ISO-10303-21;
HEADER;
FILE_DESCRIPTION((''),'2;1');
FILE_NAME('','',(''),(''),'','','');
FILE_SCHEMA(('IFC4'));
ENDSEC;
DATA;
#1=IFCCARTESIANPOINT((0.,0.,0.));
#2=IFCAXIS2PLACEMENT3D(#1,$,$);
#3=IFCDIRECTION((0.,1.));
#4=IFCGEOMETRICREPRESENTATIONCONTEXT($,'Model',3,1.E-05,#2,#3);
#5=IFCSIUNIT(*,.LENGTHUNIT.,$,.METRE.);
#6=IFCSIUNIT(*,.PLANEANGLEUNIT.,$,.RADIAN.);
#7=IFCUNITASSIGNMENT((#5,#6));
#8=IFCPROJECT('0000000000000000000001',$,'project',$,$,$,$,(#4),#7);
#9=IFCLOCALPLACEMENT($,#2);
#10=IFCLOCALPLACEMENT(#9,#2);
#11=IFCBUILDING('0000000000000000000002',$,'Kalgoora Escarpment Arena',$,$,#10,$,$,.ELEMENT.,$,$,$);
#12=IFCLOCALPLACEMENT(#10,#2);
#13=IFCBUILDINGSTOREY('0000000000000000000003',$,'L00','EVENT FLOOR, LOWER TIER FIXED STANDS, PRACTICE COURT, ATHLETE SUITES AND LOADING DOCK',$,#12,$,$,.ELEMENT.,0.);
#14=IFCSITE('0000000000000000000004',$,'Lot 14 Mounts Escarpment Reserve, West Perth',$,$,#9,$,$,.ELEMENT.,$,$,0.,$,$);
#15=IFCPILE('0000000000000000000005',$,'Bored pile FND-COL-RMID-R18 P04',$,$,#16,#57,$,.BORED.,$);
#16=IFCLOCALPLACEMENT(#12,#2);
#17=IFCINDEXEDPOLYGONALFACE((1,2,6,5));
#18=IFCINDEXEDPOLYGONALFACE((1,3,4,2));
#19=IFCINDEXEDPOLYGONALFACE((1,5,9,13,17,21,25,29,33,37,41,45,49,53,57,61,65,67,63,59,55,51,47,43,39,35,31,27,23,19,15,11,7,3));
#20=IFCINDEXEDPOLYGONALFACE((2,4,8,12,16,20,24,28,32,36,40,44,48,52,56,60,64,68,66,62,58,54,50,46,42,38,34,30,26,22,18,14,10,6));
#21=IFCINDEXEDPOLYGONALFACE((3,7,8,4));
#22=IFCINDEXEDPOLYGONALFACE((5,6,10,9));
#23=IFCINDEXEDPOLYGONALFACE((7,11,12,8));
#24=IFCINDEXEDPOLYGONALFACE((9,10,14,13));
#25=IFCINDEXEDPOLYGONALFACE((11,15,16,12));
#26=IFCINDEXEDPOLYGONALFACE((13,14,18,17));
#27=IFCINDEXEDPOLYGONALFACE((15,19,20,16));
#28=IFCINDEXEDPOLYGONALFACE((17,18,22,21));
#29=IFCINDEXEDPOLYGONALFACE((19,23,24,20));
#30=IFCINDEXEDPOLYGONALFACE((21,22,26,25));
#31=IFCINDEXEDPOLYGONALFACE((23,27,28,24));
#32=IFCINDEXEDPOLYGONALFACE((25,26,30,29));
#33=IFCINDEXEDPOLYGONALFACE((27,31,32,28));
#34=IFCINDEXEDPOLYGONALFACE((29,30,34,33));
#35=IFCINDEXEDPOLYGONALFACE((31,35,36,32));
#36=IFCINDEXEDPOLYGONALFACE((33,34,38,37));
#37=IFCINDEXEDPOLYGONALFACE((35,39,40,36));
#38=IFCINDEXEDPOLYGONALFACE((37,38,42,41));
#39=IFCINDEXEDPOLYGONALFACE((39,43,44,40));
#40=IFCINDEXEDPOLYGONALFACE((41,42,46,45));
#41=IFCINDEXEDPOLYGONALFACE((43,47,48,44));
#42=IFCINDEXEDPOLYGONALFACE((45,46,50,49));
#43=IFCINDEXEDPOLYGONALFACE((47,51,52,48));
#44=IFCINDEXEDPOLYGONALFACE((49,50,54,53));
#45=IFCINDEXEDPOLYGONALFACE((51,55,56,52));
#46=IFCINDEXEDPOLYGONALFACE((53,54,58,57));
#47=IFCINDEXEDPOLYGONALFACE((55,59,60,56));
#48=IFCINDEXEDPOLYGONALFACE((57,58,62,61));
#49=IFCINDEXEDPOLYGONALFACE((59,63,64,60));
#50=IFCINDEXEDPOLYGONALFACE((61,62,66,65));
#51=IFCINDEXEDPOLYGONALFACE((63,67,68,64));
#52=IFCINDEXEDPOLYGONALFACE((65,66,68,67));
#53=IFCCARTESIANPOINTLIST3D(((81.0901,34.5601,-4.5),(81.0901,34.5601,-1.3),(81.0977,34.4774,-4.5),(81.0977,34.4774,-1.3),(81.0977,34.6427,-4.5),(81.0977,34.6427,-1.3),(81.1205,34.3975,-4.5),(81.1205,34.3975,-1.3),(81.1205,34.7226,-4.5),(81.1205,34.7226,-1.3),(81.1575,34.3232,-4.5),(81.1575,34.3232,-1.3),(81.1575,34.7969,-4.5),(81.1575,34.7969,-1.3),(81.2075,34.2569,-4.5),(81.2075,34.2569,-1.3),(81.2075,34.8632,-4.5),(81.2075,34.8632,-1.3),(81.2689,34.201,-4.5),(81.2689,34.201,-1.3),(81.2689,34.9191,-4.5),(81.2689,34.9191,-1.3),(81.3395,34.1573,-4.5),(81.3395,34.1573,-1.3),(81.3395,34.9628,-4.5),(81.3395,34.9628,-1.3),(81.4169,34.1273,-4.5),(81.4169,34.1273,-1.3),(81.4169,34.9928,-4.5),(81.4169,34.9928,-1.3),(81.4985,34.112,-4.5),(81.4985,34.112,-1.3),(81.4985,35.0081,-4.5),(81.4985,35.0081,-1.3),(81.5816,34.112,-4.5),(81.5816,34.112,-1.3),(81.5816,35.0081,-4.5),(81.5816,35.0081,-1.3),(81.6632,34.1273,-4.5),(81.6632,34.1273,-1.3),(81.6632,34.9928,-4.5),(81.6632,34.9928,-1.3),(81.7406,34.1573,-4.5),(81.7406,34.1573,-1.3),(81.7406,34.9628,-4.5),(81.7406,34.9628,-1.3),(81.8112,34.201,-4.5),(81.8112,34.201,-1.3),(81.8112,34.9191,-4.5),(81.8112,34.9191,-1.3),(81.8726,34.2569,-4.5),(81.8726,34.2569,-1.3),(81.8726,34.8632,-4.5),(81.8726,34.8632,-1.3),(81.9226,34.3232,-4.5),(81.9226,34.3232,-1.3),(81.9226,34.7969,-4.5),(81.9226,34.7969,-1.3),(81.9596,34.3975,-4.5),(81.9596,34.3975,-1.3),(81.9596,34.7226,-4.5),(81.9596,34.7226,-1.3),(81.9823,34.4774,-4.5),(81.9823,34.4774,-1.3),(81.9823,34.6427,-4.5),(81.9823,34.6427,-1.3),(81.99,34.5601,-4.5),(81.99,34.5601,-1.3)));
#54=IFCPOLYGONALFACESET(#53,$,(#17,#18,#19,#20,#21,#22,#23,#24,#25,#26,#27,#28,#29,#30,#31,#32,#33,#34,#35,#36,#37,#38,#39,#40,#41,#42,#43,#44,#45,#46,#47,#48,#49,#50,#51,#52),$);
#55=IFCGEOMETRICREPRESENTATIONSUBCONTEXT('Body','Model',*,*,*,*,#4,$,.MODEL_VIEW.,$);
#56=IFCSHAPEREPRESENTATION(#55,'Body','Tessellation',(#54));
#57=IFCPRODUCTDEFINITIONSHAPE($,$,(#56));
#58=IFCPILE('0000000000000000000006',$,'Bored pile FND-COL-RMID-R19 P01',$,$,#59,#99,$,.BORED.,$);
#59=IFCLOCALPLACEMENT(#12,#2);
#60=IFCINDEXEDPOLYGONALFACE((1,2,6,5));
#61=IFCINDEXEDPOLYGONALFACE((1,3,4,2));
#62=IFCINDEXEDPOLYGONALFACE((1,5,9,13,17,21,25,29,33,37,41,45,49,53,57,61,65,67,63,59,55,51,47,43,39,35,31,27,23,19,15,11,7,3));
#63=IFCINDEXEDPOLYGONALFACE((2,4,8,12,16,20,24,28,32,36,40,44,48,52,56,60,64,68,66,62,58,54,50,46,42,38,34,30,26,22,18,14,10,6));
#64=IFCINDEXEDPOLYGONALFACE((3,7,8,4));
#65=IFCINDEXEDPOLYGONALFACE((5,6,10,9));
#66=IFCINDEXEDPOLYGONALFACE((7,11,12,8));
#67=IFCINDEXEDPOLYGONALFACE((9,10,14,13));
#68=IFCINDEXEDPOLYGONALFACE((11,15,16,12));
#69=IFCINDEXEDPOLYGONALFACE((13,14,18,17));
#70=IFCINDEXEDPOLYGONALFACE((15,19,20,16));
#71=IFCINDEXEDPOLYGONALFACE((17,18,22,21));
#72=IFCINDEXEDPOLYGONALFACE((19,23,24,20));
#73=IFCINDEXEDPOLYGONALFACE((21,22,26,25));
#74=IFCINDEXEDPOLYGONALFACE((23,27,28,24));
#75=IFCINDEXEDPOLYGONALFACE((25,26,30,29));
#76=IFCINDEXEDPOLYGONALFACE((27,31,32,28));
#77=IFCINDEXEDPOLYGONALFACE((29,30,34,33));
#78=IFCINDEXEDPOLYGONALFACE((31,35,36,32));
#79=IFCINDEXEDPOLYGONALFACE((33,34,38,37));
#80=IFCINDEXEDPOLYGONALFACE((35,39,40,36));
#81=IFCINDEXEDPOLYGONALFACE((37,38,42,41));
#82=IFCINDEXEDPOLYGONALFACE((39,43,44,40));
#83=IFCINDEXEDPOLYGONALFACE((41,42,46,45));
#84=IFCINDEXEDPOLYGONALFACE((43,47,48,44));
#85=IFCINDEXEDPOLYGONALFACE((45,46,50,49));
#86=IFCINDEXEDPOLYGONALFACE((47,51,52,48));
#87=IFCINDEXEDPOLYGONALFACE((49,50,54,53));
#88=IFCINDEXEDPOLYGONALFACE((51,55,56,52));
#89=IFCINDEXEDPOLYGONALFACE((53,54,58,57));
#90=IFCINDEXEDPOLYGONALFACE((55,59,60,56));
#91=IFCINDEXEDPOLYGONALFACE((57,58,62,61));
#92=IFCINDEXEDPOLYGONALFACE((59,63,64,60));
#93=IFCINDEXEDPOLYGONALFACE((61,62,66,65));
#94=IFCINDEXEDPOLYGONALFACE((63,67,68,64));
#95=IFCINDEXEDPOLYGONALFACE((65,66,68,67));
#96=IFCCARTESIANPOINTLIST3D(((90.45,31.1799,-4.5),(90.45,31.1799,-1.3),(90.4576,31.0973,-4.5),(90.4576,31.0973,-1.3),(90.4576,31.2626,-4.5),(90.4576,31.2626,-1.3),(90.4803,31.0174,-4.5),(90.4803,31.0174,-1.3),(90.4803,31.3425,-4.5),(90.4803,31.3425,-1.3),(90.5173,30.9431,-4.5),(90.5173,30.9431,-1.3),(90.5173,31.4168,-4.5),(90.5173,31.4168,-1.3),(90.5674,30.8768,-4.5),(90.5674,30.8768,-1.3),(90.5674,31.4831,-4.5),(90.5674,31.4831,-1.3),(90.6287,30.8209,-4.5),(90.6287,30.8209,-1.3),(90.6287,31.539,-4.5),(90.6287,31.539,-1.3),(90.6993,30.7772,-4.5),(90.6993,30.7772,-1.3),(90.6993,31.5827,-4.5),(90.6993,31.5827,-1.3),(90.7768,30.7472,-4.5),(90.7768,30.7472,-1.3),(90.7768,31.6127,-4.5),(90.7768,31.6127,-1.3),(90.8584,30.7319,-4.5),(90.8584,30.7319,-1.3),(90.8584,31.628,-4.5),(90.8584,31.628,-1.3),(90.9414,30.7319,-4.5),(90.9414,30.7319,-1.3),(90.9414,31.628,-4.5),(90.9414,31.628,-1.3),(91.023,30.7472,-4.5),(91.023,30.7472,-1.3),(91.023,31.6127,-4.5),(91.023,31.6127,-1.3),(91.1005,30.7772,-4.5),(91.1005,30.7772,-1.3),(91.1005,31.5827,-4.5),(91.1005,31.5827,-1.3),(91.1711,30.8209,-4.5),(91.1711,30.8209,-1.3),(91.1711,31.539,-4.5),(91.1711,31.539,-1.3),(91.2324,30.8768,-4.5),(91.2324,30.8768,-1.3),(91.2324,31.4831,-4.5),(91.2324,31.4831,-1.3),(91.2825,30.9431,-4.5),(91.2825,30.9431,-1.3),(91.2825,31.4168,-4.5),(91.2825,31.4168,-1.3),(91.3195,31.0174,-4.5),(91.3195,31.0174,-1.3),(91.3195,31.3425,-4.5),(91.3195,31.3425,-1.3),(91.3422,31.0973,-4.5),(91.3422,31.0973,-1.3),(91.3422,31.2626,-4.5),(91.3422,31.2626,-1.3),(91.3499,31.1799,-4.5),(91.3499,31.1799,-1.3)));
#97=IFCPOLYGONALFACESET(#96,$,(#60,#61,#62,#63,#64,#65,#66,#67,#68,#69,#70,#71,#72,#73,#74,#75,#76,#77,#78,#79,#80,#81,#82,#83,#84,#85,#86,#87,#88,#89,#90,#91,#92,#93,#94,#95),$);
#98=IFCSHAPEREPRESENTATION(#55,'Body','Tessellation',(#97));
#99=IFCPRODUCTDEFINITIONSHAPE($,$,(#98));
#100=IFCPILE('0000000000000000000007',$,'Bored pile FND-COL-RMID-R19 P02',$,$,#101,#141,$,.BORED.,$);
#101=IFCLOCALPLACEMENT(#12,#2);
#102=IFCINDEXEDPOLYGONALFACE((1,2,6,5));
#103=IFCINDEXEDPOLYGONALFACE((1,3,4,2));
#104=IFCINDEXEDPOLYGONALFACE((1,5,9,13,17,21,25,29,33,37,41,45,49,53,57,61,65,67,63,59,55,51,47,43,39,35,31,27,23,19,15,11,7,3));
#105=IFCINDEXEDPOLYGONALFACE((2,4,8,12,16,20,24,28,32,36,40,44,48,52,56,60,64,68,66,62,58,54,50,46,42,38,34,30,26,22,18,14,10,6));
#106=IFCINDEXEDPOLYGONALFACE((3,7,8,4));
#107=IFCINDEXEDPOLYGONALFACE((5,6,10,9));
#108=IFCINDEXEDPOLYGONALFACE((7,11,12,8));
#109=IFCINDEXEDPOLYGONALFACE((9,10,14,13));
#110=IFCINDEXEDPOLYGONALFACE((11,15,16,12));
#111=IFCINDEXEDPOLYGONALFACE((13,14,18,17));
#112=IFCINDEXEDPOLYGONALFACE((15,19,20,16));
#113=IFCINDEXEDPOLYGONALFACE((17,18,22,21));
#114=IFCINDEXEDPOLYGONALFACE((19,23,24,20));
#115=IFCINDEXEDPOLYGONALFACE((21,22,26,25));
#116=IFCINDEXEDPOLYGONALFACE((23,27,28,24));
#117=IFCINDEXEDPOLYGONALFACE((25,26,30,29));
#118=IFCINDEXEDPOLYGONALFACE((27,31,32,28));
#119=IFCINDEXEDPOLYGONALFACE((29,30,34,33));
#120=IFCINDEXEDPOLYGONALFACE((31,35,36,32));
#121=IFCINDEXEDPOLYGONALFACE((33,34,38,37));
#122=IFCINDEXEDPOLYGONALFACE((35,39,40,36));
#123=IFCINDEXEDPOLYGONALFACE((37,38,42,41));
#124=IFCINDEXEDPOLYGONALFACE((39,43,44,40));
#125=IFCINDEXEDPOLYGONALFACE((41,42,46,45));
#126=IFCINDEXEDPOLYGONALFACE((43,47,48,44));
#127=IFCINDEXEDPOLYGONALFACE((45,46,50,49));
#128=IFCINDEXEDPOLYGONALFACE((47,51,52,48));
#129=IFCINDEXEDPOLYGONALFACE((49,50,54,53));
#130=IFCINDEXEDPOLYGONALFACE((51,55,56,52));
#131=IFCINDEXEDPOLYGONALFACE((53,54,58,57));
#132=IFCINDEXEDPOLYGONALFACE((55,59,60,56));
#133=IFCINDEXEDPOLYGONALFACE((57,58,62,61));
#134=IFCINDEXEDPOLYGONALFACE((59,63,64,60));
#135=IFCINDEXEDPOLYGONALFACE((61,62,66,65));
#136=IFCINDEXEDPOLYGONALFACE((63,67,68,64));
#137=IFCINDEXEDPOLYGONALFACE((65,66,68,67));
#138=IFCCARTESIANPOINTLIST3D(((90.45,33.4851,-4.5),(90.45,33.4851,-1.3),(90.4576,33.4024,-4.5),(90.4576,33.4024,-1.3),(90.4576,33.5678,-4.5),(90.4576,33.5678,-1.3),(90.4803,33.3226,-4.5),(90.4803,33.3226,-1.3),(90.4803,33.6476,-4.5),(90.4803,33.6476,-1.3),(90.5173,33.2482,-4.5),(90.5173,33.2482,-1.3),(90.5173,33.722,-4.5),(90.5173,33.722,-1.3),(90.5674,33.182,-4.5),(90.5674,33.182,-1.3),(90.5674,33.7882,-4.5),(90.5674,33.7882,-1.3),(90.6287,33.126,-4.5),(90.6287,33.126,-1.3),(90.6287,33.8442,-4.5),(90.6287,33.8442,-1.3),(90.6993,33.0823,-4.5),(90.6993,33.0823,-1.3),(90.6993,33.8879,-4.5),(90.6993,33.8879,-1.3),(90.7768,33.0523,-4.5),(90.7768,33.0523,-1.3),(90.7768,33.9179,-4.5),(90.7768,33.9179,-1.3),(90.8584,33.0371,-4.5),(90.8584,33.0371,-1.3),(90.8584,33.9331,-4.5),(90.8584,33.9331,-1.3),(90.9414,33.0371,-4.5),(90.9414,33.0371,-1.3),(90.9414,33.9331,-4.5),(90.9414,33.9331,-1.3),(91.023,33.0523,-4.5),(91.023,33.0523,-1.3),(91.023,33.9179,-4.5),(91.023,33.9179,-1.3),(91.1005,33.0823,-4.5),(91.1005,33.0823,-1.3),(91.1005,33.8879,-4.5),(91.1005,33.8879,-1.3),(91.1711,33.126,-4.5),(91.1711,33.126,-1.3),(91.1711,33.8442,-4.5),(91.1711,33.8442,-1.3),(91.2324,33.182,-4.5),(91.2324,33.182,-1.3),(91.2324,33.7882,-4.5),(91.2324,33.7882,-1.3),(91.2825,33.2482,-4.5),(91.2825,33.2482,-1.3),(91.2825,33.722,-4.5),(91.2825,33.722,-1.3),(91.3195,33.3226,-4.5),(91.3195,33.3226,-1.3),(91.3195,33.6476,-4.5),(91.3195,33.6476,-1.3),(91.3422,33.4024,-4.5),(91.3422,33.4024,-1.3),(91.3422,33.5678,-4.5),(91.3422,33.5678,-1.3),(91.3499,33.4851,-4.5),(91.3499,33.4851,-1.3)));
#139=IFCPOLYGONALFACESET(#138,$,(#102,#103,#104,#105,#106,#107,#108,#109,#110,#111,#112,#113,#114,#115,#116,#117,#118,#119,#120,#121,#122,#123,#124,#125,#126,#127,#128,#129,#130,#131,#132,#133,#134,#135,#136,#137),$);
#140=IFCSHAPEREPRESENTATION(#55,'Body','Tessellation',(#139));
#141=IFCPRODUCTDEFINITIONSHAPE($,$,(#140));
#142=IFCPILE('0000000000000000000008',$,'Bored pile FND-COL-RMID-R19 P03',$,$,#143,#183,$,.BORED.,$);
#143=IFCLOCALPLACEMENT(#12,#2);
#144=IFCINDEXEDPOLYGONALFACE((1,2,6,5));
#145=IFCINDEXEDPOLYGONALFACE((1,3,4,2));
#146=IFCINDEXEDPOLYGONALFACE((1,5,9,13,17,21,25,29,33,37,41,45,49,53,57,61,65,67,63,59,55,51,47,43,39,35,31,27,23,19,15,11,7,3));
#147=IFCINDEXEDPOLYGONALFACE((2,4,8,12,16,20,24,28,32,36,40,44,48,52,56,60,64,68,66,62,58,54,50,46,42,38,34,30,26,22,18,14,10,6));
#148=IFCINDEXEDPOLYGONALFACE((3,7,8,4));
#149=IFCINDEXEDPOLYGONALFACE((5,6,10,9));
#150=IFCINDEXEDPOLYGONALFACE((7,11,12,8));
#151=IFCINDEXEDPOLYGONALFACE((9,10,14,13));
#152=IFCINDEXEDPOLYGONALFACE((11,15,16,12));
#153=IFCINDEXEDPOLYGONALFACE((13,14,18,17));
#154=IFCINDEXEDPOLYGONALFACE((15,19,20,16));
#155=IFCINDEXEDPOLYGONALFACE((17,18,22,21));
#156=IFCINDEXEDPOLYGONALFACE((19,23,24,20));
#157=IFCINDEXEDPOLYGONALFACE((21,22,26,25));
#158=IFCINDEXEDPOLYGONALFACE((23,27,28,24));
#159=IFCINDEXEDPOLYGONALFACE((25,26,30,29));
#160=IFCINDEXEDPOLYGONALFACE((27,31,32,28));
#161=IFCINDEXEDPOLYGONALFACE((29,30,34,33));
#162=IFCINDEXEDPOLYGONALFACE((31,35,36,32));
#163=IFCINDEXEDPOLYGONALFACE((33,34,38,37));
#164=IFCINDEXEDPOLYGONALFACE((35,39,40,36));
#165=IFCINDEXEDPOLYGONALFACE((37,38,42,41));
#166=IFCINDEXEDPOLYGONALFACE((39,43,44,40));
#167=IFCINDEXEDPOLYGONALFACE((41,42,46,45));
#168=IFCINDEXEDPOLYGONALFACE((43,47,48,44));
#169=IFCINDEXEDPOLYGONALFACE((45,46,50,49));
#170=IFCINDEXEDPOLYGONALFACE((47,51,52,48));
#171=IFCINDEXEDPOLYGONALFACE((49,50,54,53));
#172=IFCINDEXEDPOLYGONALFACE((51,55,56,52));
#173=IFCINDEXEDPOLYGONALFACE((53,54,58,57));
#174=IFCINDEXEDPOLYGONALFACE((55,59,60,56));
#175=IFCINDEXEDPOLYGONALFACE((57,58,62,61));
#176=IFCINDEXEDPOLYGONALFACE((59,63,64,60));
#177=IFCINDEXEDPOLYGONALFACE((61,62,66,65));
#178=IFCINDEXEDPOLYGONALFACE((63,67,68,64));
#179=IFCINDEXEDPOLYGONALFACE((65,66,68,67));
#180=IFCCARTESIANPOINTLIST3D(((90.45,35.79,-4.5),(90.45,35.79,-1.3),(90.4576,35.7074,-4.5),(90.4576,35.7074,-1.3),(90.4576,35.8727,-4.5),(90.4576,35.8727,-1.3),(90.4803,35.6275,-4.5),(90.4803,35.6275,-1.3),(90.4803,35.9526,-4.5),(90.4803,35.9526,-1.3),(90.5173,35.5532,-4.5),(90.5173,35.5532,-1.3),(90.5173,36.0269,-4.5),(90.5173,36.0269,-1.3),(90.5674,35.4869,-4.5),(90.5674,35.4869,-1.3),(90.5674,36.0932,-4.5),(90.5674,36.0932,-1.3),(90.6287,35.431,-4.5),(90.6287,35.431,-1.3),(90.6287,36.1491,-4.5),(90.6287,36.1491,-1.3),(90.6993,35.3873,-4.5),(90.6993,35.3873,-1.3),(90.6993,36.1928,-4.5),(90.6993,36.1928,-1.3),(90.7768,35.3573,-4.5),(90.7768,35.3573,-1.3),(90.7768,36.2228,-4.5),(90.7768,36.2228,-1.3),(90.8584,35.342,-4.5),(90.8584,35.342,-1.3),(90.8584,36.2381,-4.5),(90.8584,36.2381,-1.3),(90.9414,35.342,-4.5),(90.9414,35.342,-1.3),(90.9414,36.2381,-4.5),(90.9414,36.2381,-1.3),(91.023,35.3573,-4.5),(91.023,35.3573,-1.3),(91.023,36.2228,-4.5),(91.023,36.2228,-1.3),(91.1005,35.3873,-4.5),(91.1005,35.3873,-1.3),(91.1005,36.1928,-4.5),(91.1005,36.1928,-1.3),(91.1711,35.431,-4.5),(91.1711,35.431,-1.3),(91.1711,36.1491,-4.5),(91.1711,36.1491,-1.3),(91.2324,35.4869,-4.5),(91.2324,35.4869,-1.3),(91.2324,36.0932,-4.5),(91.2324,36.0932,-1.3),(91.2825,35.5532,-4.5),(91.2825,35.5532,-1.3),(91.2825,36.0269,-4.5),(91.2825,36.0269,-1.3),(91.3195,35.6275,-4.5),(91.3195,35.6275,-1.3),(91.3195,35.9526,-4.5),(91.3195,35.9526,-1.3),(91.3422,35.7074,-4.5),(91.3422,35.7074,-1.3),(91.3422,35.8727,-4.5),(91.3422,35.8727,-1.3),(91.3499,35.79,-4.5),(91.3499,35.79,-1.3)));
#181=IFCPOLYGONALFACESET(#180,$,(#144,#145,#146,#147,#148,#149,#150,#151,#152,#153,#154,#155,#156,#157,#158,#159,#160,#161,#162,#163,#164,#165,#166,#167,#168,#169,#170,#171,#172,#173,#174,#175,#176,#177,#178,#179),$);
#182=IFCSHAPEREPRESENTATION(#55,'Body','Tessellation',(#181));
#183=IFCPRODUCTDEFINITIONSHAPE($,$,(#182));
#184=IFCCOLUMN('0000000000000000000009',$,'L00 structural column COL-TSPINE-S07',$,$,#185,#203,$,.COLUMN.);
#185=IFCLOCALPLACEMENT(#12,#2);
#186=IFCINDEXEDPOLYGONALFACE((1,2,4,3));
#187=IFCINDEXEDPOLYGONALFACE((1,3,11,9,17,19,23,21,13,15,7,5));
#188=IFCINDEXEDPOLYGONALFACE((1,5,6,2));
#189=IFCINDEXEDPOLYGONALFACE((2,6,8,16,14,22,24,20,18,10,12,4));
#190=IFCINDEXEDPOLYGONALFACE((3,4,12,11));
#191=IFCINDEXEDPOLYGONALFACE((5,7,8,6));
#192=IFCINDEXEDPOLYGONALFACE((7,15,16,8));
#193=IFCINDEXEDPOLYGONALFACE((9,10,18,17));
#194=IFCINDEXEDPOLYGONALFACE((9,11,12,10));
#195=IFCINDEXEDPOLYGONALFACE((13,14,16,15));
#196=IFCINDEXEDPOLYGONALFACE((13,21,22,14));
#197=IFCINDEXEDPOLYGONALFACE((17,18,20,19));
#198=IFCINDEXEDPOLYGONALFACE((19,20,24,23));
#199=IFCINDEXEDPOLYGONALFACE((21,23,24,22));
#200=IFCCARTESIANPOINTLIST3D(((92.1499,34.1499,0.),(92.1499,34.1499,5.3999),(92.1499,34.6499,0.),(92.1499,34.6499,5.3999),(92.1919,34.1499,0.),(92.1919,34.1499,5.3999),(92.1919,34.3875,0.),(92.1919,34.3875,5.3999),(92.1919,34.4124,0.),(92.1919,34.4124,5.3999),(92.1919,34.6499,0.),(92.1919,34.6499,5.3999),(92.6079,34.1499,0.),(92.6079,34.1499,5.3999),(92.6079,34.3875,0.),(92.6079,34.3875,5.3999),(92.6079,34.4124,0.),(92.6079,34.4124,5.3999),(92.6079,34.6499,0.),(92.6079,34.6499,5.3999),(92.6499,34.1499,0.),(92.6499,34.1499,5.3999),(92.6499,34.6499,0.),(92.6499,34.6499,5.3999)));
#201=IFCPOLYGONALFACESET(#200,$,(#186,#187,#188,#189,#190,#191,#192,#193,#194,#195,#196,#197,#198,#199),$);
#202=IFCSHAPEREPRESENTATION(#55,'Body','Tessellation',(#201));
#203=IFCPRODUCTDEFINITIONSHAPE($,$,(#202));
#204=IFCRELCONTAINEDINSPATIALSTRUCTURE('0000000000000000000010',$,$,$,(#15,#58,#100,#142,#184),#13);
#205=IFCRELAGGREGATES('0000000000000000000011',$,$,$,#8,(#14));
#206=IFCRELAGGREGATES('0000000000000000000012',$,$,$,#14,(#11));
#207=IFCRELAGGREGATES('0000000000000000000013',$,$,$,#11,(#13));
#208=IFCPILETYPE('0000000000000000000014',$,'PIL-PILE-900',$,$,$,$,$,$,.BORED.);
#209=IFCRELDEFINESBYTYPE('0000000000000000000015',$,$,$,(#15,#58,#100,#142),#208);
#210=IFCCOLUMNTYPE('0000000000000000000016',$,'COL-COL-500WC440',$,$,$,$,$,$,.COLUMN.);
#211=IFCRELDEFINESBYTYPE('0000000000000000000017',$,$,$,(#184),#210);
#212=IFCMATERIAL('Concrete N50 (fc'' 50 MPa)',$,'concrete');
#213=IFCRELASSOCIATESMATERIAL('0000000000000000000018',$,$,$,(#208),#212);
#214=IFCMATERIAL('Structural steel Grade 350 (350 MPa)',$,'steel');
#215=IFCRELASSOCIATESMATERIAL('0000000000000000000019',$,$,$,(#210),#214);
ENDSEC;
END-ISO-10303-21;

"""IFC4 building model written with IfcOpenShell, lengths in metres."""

from ifc_helpers import new_model, si_unit, direction, frame, origin, origin_2d, place, context, subcontext, project, spatial, circle, i_section, extrude, material, material_profile, profile_set, type_object, element, save


model = new_model("IFC4")

# Units and contexts
model_context = context("Model", 3, precision=1e-05, world=origin(), true_north=direction((0.0, 1.0)))
body_context = subcontext(model_context, "Body", "Model", "MODEL_VIEW")
ifc_project = project(units=[si_unit("LENGTHUNIT", "METRE"), si_unit("PLANEANGLEUNIT", "RADIAN")], contexts=[model_context])

# Site, building, storey
site_placement = place(None, origin())
site = spatial("IfcSite", under=ifc_project, at=site_placement, Name="Lot 14 Mounts Escarpment Reserve, West Perth", CompositionType="ELEMENT", RefElevation=0.0)
building_placement = place(site_placement, origin())
building = spatial("IfcBuilding", under=site, at=building_placement, Name="Kalgoora Escarpment Arena", CompositionType="ELEMENT")
storey_placement = place(building_placement, origin())
storey = spatial("IfcBuildingStorey", under=building, at=storey_placement, Name="L00", Description="EVENT FLOOR, LOWER TIER FIXED STANDS, PRACTICE COURT, ATHLETE SUITES AND LOADING DOCK", CompositionType="ELEMENT", Elevation=0.0)

# Piles
ifc_material_1 = material(Name="Concrete N50 (fc' 50 MPa)", Category="concrete")
ifc_material_profile_1 = material_profile(ifc_material_1, circle(Radius=0.45, at=origin_2d()))
ifc_profile_set_1 = profile_set([ifc_material_profile_1], Name="Concrete N50 (fc' 50 MPa)")
pile_type = type_object("IfcPileType", Name="PIL-PILE-900", PredefinedType="BORED", material=ifc_profile_set_1)
for number, where, z_axis, x_axis, name in (
    (1, (81.54, 34.5601, -1.3), (0.0, 0.0, -1.0), (1.0, 0.0, 0.0), "Bored pile FND-COL-RMID-R18 P04"),
    (2, (90.8999, 31.1799, -1.3), (0.0, 0.0, -1.0), (1.0, 0.0, 0.0), "Bored pile FND-COL-RMID-R19 P01"),
    (3, (90.8999, 33.4851, -1.3), (0.0, 0.0, -1.0), (1.0, 0.0, 0.0), "Bored pile FND-COL-RMID-R19 P02"),
    (4, (90.8999, 35.79, -1.3), (0.0, 0.0, -1.0), (1.0, 0.0, 0.0), "Bored pile FND-COL-RMID-R19 P03"),
):
    element("IfcPile", number, at=place(storey_placement, frame(where, z_axis=z_axis, x_axis=x_axis)), inside=storey, type_object=pile_type, Name=name, PredefinedType="BORED", context=body_context, shape_type="SweptSolid", body=[
        extrude(circle(Radius=0.45, at=origin_2d()), origin(), (0.0, 0.0, 1.0), 3.2),
    ])

# Column
ifc_material_2 = material(Name="Structural steel Grade 350 (350 MPa)", Category="steel")
ifc_material_profile_2 = material_profile(ifc_material_2, i_section(OverallWidth=0.5, OverallDepth=0.5, WebThickness=0.0249, FlangeThickness=0.042, at=origin_2d()))
ifc_profile_set_2 = profile_set([ifc_material_profile_2], Name="Structural steel Grade 350 (350 MPa)")
column_type_1 = type_object("IfcColumnType", Name="COL-COL-500WC440", PredefinedType="COLUMN", material=ifc_profile_set_2)
column_placement = place(storey_placement, frame((92.3999, 34.3999, 0.0), z_axis=(0.0, 0.0, 1.0), x_axis=(0.0, -1.0, 0.0)))
element("IfcColumn", 5, at=column_placement, inside=storey, type_object=column_type_1, Name="L00 structural column COL-TSPINE-S07", PredefinedType="COLUMN", context=body_context, shape_type="SweptSolid", body=[
    extrude(i_section(OverallWidth=0.5, OverallDepth=0.5, WebThickness=0.0249, FlangeThickness=0.042, at=origin_2d()), origin(), (0.0, 0.0, 1.0), 5.3999),
])

save(model, "model.ifc")
